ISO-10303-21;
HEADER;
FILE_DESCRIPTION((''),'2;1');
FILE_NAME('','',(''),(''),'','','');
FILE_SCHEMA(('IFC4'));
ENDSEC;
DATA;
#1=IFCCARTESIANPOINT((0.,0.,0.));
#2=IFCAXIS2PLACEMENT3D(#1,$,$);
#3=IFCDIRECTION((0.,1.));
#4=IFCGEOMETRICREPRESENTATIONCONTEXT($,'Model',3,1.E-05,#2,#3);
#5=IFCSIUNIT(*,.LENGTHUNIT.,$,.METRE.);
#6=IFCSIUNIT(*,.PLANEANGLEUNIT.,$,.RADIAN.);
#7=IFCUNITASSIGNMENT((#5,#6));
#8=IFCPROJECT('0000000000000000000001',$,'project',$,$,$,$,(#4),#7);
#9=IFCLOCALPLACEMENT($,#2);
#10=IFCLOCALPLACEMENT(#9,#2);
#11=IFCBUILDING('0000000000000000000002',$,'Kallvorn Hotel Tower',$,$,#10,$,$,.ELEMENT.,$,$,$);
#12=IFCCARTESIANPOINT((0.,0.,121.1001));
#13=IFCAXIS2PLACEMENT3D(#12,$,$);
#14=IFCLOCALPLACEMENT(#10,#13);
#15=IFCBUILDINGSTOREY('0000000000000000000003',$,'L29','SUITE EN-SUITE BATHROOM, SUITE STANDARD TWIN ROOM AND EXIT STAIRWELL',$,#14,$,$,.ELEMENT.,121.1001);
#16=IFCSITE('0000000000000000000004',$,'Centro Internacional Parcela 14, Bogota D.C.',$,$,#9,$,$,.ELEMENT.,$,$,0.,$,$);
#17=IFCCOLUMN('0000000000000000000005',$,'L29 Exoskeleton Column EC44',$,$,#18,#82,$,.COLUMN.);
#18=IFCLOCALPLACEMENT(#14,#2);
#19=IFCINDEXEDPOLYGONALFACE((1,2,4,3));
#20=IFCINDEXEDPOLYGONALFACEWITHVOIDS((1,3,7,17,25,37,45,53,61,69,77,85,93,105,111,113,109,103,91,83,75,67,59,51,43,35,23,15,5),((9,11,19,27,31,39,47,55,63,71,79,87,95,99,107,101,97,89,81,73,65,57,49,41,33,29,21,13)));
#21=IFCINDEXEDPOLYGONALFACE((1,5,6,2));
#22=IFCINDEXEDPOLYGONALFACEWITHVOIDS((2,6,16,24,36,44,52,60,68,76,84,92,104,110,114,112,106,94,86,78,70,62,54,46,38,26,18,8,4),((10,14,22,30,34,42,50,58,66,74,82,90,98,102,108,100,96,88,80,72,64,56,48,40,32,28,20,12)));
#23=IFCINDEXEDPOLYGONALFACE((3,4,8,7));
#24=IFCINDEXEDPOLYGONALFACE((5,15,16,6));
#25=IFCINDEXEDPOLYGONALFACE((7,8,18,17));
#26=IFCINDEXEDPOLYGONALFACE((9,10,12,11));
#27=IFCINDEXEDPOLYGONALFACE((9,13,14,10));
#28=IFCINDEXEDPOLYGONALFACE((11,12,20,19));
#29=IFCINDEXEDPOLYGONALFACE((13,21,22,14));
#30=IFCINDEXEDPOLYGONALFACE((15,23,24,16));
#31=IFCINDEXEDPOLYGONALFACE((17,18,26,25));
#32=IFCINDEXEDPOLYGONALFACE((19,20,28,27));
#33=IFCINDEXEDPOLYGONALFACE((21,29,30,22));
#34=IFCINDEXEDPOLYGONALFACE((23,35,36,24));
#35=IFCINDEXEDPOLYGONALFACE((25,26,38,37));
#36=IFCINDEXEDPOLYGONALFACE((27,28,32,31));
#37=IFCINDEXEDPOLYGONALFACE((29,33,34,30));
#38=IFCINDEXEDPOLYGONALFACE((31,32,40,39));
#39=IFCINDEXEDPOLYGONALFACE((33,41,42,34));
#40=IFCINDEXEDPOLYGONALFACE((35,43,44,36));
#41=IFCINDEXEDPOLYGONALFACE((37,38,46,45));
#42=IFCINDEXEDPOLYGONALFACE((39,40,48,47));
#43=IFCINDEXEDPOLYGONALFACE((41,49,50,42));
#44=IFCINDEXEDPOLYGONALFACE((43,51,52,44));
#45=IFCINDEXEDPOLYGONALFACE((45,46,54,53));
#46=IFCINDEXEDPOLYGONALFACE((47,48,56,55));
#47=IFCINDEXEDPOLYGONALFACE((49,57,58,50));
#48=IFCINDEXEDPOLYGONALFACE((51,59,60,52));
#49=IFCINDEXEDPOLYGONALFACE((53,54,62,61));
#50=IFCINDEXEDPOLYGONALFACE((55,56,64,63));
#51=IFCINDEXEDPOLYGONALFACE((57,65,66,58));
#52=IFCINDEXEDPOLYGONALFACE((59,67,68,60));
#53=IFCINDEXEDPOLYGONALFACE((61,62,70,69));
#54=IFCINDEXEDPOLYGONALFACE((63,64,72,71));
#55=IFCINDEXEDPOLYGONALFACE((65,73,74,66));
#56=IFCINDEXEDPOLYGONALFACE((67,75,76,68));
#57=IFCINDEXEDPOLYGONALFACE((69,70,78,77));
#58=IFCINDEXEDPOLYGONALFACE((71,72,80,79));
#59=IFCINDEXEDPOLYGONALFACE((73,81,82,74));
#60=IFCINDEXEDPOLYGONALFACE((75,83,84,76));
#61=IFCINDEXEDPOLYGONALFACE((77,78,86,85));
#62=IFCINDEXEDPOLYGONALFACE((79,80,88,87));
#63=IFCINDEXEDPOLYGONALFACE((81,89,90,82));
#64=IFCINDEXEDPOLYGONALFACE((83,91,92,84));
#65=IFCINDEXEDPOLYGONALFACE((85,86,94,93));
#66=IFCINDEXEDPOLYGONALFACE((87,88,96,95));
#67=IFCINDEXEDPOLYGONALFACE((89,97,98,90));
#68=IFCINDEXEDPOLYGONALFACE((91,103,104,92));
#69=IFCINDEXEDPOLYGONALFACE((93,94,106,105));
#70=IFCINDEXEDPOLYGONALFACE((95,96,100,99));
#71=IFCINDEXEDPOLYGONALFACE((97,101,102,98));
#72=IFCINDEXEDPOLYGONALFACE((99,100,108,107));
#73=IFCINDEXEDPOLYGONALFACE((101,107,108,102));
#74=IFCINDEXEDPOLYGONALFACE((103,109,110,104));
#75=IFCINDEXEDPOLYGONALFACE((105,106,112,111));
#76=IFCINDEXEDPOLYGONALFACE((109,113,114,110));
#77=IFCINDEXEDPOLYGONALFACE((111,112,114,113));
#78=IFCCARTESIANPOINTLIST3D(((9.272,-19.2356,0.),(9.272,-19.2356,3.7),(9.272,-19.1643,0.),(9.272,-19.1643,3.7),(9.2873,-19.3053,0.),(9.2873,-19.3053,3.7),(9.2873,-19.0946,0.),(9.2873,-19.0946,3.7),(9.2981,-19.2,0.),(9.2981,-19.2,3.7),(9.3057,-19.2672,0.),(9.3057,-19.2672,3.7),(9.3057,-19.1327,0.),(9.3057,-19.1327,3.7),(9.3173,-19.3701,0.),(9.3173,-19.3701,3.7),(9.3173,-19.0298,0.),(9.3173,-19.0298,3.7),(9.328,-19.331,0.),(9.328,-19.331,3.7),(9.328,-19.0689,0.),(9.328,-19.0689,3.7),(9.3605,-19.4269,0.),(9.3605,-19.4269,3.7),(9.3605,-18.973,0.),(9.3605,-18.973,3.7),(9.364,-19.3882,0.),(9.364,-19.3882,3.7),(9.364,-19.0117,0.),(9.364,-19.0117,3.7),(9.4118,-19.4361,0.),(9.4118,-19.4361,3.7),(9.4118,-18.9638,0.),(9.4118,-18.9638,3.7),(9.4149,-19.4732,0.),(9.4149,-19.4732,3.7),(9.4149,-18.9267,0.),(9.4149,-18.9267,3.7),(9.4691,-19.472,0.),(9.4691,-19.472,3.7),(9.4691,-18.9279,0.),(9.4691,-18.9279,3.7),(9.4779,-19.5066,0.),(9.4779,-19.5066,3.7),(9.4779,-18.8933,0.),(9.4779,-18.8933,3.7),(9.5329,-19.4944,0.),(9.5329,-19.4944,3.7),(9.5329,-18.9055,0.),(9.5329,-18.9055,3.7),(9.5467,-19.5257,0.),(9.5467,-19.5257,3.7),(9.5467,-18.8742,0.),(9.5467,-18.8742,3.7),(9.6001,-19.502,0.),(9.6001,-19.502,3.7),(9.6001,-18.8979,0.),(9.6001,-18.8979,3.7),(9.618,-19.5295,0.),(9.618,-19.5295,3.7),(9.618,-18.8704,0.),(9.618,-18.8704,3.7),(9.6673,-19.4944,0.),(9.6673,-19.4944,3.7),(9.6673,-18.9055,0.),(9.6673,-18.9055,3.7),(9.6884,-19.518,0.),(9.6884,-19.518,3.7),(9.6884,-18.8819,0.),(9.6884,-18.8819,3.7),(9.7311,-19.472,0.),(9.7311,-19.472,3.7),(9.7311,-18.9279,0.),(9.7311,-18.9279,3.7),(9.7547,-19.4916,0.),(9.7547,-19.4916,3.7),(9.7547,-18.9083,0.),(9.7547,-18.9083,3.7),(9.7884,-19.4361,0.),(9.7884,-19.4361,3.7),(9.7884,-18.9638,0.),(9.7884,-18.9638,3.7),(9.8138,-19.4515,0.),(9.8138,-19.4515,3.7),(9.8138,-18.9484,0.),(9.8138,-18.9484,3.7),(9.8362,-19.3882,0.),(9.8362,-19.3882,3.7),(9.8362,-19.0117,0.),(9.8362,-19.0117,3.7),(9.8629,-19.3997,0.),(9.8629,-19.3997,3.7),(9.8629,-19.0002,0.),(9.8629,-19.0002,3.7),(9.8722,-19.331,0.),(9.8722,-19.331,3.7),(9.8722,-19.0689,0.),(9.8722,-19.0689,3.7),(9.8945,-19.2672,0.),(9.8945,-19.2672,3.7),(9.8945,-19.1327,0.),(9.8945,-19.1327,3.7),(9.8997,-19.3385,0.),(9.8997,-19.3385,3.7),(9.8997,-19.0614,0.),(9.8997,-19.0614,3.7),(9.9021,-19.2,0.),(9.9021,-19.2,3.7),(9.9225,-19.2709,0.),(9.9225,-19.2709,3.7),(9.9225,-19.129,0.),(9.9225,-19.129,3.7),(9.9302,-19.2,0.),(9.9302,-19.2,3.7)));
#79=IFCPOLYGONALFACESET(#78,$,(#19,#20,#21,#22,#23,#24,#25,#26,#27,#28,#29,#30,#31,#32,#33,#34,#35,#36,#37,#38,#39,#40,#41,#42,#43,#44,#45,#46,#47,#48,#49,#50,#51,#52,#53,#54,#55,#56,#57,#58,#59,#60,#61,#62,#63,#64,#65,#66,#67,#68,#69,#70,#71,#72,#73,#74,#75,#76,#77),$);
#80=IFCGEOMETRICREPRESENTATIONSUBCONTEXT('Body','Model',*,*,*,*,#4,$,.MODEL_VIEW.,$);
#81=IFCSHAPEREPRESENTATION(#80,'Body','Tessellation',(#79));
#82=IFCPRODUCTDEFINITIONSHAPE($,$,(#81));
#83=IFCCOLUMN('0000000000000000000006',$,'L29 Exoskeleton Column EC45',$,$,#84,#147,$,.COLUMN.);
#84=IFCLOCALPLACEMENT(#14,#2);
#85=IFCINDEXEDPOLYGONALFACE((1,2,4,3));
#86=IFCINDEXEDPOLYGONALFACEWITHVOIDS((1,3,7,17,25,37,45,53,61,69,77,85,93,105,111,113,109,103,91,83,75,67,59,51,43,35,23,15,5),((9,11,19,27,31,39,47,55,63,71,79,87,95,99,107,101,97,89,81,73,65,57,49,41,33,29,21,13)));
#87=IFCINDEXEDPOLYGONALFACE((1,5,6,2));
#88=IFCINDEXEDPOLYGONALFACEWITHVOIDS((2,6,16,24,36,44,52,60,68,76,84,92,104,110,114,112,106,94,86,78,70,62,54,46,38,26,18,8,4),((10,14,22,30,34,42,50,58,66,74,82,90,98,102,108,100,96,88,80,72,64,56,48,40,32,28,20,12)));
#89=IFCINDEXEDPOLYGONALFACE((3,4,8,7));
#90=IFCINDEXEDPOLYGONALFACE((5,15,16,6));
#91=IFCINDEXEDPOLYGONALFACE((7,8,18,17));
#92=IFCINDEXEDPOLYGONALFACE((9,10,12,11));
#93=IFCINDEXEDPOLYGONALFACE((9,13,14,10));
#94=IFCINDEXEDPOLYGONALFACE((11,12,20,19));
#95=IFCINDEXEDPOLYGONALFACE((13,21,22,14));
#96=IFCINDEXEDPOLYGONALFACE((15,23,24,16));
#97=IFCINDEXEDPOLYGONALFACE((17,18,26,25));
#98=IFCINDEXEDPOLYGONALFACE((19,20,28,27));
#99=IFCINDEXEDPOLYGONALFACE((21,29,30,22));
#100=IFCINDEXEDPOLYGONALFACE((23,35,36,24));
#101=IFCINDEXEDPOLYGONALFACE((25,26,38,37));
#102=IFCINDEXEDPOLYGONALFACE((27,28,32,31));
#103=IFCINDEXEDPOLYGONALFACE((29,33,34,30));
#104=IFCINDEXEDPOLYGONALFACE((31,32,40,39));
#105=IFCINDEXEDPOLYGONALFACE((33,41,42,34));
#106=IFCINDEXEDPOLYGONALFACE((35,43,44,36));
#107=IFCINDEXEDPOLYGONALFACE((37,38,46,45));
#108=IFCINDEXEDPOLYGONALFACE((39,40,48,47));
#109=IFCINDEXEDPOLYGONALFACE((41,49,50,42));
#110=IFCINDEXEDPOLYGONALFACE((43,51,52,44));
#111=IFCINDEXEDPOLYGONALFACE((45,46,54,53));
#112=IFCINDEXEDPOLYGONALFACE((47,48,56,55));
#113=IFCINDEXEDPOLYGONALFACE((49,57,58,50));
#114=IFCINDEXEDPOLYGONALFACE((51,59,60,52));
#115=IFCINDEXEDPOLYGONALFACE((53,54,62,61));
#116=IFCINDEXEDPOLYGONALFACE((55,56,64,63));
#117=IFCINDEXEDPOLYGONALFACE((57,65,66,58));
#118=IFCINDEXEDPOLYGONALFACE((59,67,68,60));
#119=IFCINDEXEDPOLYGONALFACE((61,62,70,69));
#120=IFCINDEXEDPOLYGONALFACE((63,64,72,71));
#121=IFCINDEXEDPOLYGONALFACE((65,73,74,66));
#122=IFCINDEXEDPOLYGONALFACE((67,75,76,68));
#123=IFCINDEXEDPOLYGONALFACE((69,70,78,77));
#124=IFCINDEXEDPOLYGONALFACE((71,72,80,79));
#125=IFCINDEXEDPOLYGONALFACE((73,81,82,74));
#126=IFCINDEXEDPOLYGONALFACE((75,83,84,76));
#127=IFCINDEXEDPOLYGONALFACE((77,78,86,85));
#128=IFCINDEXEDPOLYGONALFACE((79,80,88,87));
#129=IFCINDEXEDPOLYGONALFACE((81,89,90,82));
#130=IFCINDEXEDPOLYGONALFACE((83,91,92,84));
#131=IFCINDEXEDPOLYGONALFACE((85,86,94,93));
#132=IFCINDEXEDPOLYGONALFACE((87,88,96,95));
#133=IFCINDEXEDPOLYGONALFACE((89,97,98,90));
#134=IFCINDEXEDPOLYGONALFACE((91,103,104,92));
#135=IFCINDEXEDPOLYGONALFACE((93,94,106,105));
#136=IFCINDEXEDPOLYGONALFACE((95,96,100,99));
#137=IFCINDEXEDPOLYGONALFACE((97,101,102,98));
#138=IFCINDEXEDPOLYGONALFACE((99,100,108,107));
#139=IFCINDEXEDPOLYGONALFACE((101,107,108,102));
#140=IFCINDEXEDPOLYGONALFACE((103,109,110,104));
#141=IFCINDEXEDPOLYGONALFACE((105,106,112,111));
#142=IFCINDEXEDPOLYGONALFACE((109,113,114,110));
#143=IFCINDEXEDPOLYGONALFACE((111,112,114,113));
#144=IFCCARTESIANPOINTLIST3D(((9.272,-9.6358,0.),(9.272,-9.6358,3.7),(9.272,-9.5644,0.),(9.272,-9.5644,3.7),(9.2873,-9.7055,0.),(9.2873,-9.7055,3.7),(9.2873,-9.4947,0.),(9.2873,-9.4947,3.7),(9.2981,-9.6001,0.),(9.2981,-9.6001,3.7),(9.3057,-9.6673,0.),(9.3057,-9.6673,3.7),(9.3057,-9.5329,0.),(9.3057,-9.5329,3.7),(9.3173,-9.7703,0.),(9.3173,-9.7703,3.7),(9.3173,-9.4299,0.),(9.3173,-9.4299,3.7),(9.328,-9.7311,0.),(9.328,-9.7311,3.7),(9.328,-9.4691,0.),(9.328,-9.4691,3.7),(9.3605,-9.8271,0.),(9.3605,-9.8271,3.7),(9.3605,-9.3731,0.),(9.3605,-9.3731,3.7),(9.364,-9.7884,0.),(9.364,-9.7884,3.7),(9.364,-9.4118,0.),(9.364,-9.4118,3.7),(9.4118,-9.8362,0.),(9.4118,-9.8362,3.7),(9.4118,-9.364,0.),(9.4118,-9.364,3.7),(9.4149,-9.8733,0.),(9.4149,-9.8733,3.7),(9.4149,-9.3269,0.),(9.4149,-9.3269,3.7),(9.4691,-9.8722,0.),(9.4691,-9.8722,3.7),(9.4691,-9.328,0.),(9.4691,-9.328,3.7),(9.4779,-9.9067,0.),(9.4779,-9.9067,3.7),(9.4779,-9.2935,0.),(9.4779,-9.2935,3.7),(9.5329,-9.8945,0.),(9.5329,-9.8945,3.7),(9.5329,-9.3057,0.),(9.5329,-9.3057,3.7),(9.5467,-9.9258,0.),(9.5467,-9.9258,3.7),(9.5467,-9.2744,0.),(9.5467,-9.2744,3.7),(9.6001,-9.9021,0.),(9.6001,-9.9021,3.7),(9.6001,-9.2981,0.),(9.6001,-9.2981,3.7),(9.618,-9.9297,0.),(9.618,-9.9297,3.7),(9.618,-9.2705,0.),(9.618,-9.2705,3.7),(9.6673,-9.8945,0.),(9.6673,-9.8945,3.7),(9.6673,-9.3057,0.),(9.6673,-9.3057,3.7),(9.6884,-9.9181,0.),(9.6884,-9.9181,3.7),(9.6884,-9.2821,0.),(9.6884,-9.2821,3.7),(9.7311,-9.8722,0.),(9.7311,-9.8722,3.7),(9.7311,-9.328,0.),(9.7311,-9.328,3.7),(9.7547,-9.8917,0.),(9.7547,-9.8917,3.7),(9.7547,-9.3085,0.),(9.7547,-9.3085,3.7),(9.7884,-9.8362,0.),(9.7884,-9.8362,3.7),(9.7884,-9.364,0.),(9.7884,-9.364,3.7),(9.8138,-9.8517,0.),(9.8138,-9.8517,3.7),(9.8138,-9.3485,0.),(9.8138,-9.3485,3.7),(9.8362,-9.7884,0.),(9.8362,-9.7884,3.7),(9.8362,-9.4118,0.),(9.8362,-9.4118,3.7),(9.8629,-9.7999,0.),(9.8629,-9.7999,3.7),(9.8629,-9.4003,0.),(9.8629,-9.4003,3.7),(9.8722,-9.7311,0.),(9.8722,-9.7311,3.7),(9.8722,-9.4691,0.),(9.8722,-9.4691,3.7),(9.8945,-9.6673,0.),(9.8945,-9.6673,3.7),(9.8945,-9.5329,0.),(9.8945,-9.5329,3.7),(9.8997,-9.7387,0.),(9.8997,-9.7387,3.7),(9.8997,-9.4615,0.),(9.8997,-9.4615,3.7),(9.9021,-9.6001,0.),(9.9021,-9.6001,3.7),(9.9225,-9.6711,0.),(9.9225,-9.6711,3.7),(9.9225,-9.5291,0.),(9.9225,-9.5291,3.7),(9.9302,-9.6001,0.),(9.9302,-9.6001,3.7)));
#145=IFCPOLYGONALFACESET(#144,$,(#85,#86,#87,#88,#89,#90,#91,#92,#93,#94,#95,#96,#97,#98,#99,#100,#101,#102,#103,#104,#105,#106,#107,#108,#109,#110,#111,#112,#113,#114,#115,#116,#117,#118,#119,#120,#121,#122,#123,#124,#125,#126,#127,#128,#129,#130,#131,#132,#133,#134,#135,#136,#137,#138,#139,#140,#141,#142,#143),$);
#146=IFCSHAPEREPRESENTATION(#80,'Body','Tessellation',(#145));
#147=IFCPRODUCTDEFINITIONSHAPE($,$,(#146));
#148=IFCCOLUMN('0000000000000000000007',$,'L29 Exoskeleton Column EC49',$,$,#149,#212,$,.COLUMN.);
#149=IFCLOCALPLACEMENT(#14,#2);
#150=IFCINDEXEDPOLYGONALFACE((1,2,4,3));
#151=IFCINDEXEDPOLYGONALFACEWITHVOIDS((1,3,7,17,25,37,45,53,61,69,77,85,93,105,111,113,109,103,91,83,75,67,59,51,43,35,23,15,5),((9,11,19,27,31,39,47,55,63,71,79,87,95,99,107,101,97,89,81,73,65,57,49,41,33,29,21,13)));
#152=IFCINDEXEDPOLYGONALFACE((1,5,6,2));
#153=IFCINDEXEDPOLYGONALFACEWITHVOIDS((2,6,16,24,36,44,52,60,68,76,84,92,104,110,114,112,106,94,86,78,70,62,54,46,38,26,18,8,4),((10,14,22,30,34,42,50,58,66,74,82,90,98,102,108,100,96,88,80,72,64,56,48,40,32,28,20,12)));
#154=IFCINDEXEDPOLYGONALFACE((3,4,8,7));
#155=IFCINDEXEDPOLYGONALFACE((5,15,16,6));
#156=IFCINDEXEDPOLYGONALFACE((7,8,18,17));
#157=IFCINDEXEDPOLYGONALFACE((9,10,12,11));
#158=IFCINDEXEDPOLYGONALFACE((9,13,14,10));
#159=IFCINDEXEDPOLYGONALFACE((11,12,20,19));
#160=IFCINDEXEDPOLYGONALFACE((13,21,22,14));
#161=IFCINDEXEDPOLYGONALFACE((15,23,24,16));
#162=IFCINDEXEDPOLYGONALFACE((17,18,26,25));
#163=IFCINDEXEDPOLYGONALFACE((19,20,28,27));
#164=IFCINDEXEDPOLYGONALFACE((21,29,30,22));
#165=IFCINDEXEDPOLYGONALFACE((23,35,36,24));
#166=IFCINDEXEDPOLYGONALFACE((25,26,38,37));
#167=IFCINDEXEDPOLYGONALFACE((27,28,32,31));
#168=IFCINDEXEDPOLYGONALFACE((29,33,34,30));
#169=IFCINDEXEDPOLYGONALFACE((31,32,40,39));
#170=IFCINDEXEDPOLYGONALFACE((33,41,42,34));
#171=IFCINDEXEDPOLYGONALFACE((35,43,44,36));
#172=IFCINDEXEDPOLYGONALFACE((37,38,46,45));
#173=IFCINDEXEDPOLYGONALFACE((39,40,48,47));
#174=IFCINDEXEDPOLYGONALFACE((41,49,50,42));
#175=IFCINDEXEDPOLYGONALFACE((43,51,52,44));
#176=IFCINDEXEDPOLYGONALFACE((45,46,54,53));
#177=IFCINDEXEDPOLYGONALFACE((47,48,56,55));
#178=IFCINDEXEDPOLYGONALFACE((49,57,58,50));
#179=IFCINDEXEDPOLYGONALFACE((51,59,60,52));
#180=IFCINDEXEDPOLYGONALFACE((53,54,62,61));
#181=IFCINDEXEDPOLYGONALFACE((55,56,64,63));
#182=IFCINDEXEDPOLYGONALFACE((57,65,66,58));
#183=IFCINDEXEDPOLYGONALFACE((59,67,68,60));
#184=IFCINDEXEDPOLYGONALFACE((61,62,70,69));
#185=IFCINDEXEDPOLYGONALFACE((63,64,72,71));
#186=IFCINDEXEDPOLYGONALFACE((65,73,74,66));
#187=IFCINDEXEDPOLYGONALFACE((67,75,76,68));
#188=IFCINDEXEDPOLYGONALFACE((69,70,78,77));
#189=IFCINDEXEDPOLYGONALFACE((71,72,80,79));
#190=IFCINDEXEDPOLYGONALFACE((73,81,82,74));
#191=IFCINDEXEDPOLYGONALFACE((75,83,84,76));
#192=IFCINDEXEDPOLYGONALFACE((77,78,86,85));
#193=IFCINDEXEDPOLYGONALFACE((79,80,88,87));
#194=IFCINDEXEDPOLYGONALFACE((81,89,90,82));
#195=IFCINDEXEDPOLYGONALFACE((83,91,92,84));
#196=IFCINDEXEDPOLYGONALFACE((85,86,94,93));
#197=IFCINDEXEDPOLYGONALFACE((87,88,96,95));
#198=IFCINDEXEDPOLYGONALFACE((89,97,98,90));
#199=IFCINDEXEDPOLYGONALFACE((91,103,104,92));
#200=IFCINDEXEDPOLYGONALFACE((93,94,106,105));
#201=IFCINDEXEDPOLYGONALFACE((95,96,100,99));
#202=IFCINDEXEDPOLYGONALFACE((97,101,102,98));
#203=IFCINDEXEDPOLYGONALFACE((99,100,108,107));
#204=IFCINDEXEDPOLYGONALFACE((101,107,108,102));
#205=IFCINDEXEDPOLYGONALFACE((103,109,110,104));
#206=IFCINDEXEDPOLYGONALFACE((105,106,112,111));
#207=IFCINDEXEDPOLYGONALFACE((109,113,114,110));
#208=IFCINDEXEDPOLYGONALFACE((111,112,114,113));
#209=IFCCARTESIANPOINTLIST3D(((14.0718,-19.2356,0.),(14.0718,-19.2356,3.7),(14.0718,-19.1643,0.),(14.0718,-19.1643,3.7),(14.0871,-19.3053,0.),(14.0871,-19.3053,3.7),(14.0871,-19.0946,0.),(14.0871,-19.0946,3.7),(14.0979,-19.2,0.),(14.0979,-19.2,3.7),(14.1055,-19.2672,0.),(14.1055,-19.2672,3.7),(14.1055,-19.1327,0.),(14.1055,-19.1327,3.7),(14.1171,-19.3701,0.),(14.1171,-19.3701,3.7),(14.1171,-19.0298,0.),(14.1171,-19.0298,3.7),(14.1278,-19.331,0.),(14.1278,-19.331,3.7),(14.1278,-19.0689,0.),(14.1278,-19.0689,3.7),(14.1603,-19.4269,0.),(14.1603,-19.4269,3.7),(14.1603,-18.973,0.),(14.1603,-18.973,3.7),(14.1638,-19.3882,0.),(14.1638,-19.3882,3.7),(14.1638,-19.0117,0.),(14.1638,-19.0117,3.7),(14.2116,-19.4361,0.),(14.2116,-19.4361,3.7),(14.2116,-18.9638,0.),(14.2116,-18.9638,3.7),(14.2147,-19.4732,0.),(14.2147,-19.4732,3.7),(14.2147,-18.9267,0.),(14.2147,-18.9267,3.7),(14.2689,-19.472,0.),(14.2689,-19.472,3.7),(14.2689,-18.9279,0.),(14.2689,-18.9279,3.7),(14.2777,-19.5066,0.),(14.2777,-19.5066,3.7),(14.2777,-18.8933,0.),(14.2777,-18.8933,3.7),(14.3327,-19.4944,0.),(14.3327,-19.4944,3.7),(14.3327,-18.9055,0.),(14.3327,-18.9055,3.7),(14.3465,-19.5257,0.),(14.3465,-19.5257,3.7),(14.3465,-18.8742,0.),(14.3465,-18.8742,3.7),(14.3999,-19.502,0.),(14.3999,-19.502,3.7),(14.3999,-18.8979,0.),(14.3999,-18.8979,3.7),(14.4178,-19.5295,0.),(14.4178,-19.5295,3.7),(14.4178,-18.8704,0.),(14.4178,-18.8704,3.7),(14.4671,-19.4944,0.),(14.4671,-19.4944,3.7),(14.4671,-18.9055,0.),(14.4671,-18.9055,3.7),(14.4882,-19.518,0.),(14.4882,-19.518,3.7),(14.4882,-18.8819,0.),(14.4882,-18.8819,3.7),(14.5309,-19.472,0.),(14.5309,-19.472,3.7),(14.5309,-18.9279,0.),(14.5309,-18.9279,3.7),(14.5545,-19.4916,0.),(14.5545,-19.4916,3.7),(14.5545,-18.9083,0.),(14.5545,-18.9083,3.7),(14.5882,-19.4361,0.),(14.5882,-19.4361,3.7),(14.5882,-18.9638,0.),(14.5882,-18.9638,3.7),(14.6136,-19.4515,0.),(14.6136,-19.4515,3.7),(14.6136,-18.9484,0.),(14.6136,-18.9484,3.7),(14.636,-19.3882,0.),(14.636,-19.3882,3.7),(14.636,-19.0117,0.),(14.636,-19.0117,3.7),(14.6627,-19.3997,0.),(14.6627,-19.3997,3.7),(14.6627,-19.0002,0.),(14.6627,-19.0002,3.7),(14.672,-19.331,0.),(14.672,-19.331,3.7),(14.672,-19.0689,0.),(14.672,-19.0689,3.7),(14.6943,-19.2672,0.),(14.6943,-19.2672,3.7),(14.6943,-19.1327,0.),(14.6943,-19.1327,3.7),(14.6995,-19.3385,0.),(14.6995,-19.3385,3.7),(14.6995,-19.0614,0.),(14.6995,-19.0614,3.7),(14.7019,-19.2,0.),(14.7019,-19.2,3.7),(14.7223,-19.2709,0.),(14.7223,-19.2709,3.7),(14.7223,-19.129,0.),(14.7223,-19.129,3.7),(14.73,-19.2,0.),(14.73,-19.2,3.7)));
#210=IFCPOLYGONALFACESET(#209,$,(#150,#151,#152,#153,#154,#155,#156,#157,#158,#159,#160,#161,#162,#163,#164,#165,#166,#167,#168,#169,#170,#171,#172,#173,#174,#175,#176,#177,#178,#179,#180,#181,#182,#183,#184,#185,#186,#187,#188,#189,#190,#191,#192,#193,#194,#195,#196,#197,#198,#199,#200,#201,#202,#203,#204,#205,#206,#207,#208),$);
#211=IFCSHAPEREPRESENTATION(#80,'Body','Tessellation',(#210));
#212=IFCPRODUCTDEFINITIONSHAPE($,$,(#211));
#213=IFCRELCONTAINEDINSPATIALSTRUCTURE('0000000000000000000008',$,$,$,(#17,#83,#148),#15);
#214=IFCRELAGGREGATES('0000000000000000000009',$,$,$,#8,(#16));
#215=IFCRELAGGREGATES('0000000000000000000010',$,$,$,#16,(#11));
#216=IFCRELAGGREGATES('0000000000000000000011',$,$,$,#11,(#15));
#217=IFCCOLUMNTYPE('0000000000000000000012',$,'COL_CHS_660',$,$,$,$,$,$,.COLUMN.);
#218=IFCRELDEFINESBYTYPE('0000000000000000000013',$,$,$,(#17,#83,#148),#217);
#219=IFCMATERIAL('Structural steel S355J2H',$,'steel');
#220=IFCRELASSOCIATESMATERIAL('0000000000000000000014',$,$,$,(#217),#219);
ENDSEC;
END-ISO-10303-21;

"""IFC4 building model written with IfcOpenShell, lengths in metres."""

from ifc_helpers import new_model, si_unit, direction, frame, origin, origin_2d, place, context, subcontext, project, spatial, hollow_circle, extrude, material, material_profile, profile_set, type_object, element, save


model = new_model("IFC4")

# Units and contexts
model_context = context("Model", 3, precision=1e-05, world=origin(), true_north=direction((0.0, 1.0)))
body_context = subcontext(model_context, "Body", "Model", "MODEL_VIEW")
ifc_project = project(units=[si_unit("LENGTHUNIT", "METRE"), si_unit("PLANEANGLEUNIT", "RADIAN")], contexts=[model_context])

# Site, building, storey
site_placement = place(None, origin())
site = spatial("IfcSite", under=ifc_project, at=site_placement, Name="Centro Internacional Parcela 14, Bogota D.C.", CompositionType="ELEMENT", RefElevation=0.0)
building_placement = place(site_placement, origin())
building = spatial("IfcBuilding", under=site, at=building_placement, Name="Kallvorn Hotel Tower", CompositionType="ELEMENT")
storey_placement = place(building_placement, frame((0.0, 0.0, 121.1001)))
storey = spatial("IfcBuildingStorey", under=building, at=storey_placement, Name="L29", Description="SUITE EN-SUITE BATHROOM, SUITE STANDARD TWIN ROOM AND EXIT STAIRWELL", CompositionType="ELEMENT", Elevation=121.1001)

# Columns
ifc_material_1 = material(Name="Structural steel S355J2H", Category="steel")
ifc_material_profile_1 = material_profile(ifc_material_1, hollow_circle(Radius=0.3301, WallThickness=0.0281, at=origin_2d()), Name="CHS 660x28")
ifc_profile_set_1 = profile_set([ifc_material_profile_1], Name="Structural steel S355J2H")
column_type_1 = type_object("IfcColumnType", Name="COL_CHS_660", PredefinedType="COLUMN", material=ifc_profile_set_1)
for number, where, z_axis, x_axis, name in (
    (1, (9.6001, -19.2, 0.0), (0.0, 0.0, 1.0), (1.0, 0.0, 0.0), "L29 Exoskeleton Column EC44"),
    (2, (9.6001, -9.6001, 0.0), (0.0, 0.0, 1.0), (1.0, 0.0, 0.0), "L29 Exoskeleton Column EC45"),
    (3, (14.3999, -19.2, 0.0), (0.0, 0.0, 1.0), (1.0, 0.0, 0.0), "L29 Exoskeleton Column EC49"),
):
    element("IfcColumn", number, at=place(storey_placement, frame(where, z_axis=z_axis, x_axis=x_axis)), inside=storey, type_object=column_type_1, Name=name, PredefinedType="COLUMN", context=body_context, shape_type="SweptSolid", body=[
        extrude(hollow_circle(Radius=0.3301, WallThickness=0.0281, at=origin_2d()), origin(), (0.0, 0.0, 1.0), 3.7),
    ])

save(model, "model.ifc")
